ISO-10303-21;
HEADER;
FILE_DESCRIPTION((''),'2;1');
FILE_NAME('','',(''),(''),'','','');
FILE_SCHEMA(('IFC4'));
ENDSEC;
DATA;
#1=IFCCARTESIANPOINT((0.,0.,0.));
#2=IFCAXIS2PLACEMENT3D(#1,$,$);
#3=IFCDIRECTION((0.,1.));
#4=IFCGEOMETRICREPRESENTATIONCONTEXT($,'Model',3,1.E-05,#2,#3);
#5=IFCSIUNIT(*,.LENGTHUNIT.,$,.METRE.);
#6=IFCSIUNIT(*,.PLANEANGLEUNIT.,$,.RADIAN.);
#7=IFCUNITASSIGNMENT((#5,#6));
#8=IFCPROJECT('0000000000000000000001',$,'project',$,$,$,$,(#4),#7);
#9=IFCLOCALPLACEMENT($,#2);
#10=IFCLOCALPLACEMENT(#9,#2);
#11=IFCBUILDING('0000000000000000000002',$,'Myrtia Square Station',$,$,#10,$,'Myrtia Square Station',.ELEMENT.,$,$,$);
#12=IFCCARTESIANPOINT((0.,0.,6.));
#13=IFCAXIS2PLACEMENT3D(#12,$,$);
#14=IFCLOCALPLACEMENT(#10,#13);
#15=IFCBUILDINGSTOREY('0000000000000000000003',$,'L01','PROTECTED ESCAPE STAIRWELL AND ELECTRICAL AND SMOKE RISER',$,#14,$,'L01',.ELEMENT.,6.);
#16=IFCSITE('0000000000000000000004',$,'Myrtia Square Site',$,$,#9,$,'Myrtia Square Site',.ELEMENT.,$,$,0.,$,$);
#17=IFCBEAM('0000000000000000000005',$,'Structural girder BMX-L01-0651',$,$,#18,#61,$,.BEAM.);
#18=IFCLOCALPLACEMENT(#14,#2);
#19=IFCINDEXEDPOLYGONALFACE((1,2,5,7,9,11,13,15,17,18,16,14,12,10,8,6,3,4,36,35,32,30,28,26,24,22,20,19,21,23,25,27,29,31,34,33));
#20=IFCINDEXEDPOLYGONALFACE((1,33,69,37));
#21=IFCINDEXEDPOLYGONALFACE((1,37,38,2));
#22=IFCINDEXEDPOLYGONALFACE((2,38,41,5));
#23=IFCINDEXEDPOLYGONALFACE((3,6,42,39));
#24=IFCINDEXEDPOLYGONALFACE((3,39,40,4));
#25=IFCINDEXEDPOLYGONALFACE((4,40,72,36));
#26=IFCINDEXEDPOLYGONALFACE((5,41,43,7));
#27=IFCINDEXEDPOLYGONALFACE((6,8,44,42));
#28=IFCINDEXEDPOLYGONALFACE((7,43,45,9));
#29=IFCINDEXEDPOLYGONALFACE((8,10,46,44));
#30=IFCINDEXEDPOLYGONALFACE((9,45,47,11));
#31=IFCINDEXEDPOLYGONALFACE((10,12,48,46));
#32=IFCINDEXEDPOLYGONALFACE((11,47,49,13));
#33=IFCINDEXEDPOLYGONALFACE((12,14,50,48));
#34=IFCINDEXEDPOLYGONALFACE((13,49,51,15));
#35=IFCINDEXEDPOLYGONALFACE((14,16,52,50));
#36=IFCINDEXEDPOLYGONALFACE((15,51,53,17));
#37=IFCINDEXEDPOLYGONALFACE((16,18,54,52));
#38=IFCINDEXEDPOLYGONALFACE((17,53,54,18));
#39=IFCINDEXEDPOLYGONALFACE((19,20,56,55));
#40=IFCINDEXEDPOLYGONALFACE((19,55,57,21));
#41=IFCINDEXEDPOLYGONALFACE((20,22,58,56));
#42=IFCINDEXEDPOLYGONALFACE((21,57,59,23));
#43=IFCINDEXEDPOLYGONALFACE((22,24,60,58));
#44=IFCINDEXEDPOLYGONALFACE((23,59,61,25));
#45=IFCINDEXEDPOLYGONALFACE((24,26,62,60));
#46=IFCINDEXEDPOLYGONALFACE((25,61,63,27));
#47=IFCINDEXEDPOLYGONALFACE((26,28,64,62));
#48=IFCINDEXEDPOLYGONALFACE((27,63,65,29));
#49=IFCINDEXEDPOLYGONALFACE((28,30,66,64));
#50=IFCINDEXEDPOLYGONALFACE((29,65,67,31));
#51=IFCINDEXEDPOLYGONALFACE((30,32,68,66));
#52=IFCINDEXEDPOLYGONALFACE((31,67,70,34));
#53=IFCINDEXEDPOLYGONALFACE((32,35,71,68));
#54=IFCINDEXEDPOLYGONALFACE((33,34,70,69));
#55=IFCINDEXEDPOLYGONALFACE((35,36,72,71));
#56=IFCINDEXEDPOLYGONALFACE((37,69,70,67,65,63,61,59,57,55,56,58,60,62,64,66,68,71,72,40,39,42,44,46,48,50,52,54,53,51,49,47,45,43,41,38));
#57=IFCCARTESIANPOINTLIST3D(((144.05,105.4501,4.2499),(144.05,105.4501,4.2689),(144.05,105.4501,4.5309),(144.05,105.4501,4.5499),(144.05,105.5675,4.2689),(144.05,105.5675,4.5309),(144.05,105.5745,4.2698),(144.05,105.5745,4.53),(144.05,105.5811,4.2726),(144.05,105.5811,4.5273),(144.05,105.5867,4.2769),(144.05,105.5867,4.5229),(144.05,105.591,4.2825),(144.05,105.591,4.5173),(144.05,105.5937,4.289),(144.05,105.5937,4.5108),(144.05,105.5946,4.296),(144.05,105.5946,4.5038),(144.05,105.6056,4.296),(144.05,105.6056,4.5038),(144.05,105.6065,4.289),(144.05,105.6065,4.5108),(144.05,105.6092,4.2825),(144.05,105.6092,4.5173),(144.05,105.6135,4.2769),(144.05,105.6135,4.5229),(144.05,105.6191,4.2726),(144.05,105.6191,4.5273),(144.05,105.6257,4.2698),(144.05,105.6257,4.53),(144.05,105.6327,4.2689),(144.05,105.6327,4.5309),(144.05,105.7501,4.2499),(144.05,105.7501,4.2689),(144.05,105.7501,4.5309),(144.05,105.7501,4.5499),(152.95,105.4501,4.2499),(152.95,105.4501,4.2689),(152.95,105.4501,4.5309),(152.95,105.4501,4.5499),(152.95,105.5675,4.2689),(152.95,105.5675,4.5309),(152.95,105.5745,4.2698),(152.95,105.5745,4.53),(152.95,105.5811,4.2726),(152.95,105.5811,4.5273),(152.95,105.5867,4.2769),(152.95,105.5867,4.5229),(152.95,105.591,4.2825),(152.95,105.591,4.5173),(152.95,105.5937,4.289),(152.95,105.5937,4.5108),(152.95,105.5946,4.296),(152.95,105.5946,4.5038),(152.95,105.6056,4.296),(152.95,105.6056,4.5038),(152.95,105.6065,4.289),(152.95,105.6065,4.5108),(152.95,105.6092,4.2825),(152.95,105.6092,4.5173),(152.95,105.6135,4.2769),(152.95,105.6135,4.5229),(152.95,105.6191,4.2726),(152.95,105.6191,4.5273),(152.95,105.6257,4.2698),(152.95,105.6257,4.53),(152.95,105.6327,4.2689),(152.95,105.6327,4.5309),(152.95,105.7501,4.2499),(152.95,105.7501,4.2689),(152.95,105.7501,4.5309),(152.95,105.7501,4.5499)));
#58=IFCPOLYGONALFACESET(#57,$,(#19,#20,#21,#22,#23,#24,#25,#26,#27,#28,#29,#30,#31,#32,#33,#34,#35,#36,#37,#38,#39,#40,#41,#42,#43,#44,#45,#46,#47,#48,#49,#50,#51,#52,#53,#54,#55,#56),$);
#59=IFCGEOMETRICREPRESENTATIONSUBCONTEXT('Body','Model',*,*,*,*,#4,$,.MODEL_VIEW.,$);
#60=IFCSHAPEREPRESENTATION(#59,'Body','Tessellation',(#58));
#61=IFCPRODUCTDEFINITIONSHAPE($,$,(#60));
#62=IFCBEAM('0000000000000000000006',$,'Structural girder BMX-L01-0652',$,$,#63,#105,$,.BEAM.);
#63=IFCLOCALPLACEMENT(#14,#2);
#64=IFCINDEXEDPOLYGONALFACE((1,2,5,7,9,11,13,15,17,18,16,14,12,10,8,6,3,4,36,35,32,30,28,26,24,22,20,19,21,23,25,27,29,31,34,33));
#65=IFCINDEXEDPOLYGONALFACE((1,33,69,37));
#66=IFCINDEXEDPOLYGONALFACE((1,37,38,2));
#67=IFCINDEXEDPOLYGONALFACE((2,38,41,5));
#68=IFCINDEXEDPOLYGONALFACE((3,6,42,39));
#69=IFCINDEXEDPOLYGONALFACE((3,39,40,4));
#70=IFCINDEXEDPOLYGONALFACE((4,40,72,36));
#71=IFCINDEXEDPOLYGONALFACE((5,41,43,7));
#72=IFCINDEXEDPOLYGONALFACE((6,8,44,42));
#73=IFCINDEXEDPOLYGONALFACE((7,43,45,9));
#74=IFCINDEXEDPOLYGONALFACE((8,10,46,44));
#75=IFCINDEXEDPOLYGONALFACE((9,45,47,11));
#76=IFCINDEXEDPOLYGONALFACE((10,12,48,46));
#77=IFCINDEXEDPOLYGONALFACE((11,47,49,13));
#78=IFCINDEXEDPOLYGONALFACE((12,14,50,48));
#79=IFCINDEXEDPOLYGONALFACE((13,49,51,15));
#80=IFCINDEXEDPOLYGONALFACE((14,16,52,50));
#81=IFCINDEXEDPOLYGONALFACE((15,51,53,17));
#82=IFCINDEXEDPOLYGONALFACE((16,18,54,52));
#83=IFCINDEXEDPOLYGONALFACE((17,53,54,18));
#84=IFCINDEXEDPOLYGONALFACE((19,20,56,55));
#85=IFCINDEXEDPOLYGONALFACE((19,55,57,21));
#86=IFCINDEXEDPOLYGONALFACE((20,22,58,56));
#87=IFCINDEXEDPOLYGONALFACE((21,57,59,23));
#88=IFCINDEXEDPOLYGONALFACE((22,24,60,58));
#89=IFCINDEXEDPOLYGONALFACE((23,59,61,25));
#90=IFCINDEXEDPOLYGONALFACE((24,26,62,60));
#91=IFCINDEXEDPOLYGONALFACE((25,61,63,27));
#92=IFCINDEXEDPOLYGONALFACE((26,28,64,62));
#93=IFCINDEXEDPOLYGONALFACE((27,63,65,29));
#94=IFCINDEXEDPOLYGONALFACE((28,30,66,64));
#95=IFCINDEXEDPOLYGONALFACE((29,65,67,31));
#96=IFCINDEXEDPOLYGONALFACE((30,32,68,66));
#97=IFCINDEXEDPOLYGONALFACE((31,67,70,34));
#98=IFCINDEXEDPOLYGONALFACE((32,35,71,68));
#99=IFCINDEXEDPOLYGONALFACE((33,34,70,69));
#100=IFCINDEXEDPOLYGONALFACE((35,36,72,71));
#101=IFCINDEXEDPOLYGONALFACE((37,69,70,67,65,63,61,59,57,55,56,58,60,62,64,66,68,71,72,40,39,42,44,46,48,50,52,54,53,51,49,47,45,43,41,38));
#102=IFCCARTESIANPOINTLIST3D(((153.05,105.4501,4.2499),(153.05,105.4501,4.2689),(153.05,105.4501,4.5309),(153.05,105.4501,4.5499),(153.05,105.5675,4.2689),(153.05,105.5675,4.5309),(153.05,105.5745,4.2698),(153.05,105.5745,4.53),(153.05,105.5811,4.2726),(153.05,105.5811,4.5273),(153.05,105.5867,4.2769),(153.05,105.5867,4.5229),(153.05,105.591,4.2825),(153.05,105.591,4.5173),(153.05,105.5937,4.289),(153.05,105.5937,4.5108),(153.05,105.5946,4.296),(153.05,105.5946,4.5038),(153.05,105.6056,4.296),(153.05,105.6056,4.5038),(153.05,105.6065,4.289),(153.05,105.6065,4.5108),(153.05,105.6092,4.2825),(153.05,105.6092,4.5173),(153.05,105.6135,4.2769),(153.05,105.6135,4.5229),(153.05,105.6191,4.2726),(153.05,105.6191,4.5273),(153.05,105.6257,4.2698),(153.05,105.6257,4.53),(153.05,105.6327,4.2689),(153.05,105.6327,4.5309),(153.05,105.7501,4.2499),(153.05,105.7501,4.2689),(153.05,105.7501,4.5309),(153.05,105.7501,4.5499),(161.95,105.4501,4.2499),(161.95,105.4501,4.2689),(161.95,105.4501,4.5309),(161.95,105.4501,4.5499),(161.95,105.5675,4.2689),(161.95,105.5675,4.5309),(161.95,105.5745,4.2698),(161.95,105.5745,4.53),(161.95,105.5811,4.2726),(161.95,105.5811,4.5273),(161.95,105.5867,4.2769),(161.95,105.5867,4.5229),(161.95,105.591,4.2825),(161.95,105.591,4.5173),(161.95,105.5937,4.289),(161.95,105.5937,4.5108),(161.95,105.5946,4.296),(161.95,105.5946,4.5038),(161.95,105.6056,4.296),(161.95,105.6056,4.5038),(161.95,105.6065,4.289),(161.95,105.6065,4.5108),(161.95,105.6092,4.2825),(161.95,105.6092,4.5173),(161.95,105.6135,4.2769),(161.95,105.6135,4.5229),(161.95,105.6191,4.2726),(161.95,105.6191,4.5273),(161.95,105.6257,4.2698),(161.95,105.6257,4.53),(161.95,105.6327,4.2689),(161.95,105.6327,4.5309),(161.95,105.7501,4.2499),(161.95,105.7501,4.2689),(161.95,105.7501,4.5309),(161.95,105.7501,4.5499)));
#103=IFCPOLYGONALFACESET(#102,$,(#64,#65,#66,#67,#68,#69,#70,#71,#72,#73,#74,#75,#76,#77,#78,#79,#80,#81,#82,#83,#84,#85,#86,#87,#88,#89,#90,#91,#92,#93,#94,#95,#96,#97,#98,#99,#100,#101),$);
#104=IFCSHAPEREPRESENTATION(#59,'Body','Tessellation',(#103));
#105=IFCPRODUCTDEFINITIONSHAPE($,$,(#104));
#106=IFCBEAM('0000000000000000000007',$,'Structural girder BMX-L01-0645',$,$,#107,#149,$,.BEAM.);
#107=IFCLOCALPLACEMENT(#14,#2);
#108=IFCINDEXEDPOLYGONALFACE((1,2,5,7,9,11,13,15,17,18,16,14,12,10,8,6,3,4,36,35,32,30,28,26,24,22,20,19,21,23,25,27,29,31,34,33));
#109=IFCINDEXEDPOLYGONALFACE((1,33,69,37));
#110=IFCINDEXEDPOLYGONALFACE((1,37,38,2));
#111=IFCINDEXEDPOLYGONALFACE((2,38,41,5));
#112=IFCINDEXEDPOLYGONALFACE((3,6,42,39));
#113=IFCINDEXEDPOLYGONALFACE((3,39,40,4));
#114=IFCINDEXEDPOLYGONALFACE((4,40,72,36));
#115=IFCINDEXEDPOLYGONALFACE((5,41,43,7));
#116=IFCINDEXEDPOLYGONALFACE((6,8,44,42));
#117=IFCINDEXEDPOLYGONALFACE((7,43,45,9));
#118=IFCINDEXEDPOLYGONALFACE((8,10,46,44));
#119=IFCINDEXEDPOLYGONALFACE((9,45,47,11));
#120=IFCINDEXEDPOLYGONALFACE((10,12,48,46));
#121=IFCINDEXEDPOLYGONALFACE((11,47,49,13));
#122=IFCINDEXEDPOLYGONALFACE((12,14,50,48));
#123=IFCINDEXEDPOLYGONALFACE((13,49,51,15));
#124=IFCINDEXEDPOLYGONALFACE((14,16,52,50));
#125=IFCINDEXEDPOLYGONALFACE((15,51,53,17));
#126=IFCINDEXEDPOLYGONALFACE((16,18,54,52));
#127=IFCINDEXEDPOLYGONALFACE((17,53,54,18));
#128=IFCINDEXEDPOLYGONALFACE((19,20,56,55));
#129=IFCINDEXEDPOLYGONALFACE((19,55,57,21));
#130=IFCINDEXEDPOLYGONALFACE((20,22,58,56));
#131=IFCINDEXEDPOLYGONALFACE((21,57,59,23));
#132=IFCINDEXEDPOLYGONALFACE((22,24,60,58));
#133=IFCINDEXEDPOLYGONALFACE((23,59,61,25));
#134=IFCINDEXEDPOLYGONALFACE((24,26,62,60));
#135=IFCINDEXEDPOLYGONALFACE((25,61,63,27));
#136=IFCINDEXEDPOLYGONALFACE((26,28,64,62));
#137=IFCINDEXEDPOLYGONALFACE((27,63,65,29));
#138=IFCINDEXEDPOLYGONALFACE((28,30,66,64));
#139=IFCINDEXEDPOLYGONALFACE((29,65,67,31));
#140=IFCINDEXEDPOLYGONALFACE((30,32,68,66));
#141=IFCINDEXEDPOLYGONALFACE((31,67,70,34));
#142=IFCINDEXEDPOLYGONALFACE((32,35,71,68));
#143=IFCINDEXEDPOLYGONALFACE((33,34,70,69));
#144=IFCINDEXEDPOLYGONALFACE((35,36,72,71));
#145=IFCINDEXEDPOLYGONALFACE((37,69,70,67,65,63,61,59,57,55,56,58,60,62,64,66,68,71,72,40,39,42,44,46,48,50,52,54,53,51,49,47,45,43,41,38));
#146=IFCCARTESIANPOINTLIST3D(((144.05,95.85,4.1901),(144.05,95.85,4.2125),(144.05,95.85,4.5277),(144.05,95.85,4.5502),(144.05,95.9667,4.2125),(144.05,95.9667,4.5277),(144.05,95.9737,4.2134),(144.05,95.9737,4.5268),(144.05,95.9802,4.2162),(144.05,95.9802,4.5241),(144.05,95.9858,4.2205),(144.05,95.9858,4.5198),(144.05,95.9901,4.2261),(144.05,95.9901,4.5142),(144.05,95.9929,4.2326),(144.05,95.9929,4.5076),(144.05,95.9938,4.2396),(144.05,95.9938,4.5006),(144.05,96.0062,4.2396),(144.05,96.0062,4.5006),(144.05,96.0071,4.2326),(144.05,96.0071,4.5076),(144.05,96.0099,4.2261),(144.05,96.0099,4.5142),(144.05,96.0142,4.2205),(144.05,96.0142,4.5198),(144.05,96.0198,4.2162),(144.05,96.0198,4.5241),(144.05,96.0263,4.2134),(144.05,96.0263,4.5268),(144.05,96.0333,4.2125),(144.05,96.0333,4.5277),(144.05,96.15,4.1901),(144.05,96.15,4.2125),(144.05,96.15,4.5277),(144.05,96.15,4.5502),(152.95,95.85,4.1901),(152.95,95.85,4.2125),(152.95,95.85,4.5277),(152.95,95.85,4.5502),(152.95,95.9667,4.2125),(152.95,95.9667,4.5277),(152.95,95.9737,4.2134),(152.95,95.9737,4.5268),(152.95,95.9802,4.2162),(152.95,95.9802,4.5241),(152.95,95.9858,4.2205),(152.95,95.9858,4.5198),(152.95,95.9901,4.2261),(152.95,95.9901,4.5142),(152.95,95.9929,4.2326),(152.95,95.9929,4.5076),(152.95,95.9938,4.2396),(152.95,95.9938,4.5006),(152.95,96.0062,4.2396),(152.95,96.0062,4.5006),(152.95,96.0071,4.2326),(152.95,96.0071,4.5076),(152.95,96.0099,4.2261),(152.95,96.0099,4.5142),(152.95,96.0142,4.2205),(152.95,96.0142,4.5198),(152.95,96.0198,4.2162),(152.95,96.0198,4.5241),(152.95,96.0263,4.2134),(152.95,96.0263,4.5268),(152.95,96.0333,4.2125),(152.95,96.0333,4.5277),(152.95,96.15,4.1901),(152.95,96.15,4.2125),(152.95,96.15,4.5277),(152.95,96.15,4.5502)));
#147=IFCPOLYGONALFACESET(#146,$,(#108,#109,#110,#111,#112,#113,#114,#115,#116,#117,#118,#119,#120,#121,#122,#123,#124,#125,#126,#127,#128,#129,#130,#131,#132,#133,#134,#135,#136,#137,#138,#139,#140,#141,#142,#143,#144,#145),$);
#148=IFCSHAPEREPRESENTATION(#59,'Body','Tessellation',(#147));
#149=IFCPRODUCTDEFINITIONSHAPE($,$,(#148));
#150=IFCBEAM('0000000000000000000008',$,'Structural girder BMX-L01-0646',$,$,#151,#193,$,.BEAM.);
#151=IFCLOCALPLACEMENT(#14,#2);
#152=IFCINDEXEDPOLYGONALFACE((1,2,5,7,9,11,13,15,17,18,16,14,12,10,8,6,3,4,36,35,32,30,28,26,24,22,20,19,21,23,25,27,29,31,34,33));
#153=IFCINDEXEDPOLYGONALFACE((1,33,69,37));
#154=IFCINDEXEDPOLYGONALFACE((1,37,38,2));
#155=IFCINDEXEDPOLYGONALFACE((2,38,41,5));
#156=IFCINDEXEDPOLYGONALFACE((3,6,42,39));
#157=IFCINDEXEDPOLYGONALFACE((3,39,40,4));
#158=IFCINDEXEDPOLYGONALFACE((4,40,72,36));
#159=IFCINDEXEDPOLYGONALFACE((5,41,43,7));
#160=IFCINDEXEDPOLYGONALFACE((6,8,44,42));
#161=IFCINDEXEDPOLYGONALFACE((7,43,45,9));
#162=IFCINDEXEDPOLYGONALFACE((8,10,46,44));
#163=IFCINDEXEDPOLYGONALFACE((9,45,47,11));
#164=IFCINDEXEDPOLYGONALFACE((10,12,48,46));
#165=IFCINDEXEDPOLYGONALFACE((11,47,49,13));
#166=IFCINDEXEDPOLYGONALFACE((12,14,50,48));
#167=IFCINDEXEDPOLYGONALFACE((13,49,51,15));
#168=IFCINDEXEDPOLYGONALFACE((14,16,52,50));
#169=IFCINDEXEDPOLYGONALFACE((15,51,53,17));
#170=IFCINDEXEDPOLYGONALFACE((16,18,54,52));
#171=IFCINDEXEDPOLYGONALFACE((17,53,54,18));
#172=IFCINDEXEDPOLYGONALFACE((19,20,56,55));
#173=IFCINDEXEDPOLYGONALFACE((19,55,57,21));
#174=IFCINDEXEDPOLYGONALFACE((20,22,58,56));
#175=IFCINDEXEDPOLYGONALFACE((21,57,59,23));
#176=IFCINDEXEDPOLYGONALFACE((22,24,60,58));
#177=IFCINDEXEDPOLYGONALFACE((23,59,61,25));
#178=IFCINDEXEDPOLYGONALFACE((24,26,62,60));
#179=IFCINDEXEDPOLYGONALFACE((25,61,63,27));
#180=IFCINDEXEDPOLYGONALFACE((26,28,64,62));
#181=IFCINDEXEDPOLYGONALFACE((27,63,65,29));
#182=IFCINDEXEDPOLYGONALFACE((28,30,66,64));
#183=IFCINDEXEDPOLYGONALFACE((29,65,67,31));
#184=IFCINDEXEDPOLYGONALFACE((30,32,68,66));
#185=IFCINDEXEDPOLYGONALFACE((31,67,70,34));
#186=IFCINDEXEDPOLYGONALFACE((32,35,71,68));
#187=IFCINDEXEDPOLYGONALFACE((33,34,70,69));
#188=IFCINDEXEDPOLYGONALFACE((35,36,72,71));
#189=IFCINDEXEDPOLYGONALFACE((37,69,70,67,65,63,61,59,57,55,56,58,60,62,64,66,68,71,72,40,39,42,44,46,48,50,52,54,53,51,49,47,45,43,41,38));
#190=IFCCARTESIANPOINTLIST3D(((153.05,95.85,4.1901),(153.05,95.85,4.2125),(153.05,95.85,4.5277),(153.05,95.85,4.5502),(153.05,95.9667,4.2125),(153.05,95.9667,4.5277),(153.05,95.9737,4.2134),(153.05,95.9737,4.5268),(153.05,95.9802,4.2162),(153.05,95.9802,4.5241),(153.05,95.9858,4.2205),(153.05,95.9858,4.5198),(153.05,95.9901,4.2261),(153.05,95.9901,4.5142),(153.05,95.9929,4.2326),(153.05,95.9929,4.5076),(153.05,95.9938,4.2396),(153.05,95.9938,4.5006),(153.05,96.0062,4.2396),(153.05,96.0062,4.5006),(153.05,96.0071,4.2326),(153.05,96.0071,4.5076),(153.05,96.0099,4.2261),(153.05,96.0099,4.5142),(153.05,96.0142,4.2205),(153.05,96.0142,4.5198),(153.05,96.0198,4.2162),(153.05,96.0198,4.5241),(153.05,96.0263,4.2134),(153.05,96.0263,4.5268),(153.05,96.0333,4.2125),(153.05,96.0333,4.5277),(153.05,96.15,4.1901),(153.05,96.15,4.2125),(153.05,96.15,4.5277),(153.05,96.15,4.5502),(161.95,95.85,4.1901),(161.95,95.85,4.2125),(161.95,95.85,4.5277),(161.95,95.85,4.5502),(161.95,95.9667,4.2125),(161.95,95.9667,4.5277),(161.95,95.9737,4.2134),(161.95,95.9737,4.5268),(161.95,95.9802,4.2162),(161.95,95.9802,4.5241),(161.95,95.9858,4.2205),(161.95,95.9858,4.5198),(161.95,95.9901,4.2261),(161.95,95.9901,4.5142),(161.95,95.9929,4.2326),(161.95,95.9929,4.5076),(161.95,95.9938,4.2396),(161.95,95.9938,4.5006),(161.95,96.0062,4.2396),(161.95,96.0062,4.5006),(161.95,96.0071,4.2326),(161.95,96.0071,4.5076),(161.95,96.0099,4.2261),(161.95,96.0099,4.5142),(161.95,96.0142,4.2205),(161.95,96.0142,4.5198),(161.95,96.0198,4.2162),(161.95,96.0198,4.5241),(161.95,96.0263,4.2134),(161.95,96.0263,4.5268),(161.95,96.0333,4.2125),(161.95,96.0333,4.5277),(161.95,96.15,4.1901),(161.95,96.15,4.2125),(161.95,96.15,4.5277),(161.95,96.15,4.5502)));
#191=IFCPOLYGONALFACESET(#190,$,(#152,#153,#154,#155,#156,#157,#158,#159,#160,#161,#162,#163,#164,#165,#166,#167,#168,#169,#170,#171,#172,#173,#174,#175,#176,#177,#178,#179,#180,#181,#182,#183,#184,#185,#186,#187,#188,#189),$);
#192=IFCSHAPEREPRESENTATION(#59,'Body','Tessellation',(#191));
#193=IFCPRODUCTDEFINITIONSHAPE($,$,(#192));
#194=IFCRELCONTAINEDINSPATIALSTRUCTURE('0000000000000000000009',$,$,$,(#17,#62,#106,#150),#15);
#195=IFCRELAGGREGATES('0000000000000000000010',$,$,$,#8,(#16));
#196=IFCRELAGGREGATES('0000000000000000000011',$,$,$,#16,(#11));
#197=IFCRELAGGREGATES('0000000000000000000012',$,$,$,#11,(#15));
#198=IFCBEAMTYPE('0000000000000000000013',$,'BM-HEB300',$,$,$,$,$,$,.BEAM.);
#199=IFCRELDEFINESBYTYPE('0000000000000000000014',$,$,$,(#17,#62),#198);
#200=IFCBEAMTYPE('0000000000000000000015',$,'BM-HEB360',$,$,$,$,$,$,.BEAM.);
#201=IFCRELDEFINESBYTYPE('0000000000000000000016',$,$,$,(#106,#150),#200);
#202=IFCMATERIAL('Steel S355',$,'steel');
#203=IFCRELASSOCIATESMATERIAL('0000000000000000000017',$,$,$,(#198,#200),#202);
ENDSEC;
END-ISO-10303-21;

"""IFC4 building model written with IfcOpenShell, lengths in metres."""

from ifc_helpers import new_model, si_unit, direction, frame, origin, origin_2d, place, context, subcontext, project, spatial, i_section, extrude, material, material_profile, profile_set, type_object, element, save


model = new_model("IFC4")

# Units and contexts
model_context = context("Model", 3, precision=1e-05, world=origin(), true_north=direction((0.0, 1.0)))
body_context = subcontext(model_context, "Body", "Model", "MODEL_VIEW")
ifc_project = project(units=[si_unit("LENGTHUNIT", "METRE"), si_unit("PLANEANGLEUNIT", "RADIAN")], contexts=[model_context])

# Site, building, storey
site_placement = place(None, origin())
site = spatial("IfcSite", under=ifc_project, at=site_placement, Name="Myrtia Square Site", LongName="Myrtia Square Site", CompositionType="ELEMENT", RefElevation=0.0)
building_placement = place(site_placement, origin())
building = spatial("IfcBuilding", under=site, at=building_placement, Name="Myrtia Square Station", LongName="Myrtia Square Station", CompositionType="ELEMENT")
storey_placement = place(building_placement, frame((0.0, 0.0, 6.0)))
storey = spatial("IfcBuildingStorey", under=building, at=storey_placement, Name="L01", Description="PROTECTED ESCAPE STAIRWELL AND ELECTRICAL AND SMOKE RISER", LongName="L01", CompositionType="ELEMENT", Elevation=6.0)

# Shared definitions
ifc_material_1 = material(Name="Steel S355", Category="steel")

# Beams
ifc_material_profile_1 = material_profile(ifc_material_1, i_section(OverallWidth=0.3, OverallDepth=0.3, WebThickness=0.011, FlangeThickness=0.019, FilletRadius=0.0271, at=origin_2d()), Name="HEB 300")
ifc_profile_set_1 = profile_set([ifc_material_profile_1], Name="Steel S355")
beam_type_1 = type_object("IfcBeamType", Name="BM-HEB300", PredefinedType="BEAM", material=ifc_profile_set_1)
for number, where, z_axis, x_axis, name in (
    (1, (144.05, 105.6001, 4.3999), (1.0, 0.0, 0.0), (0.0, 1.0, 0.0), "Structural girder BMX-L01-0651"),
    (2, (153.05, 105.6001, 4.3999), (1.0, 0.0, 0.0), (0.0, 1.0, 0.0), "Structural girder BMX-L01-0652"),
):
    element("IfcBeam", number, at=place(storey_placement, frame(where, z_axis=z_axis, x_axis=x_axis)), inside=storey, type_object=beam_type_1, Name=name, PredefinedType="BEAM", context=body_context, shape_type="SweptSolid", body=[
        extrude(i_section(OverallWidth=0.3, OverallDepth=0.3, WebThickness=0.011, FlangeThickness=0.019, FilletRadius=0.0271, at=origin_2d()), origin(), (0.0, 0.0, 1.0), 8.8999),
    ])
ifc_material_profile_2 = material_profile(ifc_material_1, i_section(OverallWidth=0.3, OverallDepth=0.3601, WebThickness=0.0125, FlangeThickness=0.0225, FilletRadius=0.0271, at=origin_2d()), Name="HEB 360")
ifc_profile_set_2 = profile_set([ifc_material_profile_2], Name="Steel S355")
beam_type_2 = type_object("IfcBeamType", Name="BM-HEB360", PredefinedType="BEAM", material=ifc_profile_set_2)
for number, where, z_axis, x_axis, name in (
    (3, (144.05, 96.0, 4.3701), (1.0, 0.0, 0.0), (0.0, 1.0, 0.0), "Structural girder BMX-L01-0645"),
    (4, (153.05, 96.0, 4.3701), (1.0, 0.0, 0.0), (0.0, 1.0, 0.0), "Structural girder BMX-L01-0646"),
):
    element("IfcBeam", number, at=place(storey_placement, frame(where, z_axis=z_axis, x_axis=x_axis)), inside=storey, type_object=beam_type_2, Name=name, PredefinedType="BEAM", context=body_context, shape_type="SweptSolid", body=[
        extrude(i_section(OverallWidth=0.3, OverallDepth=0.3601, WebThickness=0.0125, FlangeThickness=0.0225, FilletRadius=0.0271, at=origin_2d()), origin(), (0.0, 0.0, 1.0), 8.8999),
    ])

save(model, "model.ifc")
